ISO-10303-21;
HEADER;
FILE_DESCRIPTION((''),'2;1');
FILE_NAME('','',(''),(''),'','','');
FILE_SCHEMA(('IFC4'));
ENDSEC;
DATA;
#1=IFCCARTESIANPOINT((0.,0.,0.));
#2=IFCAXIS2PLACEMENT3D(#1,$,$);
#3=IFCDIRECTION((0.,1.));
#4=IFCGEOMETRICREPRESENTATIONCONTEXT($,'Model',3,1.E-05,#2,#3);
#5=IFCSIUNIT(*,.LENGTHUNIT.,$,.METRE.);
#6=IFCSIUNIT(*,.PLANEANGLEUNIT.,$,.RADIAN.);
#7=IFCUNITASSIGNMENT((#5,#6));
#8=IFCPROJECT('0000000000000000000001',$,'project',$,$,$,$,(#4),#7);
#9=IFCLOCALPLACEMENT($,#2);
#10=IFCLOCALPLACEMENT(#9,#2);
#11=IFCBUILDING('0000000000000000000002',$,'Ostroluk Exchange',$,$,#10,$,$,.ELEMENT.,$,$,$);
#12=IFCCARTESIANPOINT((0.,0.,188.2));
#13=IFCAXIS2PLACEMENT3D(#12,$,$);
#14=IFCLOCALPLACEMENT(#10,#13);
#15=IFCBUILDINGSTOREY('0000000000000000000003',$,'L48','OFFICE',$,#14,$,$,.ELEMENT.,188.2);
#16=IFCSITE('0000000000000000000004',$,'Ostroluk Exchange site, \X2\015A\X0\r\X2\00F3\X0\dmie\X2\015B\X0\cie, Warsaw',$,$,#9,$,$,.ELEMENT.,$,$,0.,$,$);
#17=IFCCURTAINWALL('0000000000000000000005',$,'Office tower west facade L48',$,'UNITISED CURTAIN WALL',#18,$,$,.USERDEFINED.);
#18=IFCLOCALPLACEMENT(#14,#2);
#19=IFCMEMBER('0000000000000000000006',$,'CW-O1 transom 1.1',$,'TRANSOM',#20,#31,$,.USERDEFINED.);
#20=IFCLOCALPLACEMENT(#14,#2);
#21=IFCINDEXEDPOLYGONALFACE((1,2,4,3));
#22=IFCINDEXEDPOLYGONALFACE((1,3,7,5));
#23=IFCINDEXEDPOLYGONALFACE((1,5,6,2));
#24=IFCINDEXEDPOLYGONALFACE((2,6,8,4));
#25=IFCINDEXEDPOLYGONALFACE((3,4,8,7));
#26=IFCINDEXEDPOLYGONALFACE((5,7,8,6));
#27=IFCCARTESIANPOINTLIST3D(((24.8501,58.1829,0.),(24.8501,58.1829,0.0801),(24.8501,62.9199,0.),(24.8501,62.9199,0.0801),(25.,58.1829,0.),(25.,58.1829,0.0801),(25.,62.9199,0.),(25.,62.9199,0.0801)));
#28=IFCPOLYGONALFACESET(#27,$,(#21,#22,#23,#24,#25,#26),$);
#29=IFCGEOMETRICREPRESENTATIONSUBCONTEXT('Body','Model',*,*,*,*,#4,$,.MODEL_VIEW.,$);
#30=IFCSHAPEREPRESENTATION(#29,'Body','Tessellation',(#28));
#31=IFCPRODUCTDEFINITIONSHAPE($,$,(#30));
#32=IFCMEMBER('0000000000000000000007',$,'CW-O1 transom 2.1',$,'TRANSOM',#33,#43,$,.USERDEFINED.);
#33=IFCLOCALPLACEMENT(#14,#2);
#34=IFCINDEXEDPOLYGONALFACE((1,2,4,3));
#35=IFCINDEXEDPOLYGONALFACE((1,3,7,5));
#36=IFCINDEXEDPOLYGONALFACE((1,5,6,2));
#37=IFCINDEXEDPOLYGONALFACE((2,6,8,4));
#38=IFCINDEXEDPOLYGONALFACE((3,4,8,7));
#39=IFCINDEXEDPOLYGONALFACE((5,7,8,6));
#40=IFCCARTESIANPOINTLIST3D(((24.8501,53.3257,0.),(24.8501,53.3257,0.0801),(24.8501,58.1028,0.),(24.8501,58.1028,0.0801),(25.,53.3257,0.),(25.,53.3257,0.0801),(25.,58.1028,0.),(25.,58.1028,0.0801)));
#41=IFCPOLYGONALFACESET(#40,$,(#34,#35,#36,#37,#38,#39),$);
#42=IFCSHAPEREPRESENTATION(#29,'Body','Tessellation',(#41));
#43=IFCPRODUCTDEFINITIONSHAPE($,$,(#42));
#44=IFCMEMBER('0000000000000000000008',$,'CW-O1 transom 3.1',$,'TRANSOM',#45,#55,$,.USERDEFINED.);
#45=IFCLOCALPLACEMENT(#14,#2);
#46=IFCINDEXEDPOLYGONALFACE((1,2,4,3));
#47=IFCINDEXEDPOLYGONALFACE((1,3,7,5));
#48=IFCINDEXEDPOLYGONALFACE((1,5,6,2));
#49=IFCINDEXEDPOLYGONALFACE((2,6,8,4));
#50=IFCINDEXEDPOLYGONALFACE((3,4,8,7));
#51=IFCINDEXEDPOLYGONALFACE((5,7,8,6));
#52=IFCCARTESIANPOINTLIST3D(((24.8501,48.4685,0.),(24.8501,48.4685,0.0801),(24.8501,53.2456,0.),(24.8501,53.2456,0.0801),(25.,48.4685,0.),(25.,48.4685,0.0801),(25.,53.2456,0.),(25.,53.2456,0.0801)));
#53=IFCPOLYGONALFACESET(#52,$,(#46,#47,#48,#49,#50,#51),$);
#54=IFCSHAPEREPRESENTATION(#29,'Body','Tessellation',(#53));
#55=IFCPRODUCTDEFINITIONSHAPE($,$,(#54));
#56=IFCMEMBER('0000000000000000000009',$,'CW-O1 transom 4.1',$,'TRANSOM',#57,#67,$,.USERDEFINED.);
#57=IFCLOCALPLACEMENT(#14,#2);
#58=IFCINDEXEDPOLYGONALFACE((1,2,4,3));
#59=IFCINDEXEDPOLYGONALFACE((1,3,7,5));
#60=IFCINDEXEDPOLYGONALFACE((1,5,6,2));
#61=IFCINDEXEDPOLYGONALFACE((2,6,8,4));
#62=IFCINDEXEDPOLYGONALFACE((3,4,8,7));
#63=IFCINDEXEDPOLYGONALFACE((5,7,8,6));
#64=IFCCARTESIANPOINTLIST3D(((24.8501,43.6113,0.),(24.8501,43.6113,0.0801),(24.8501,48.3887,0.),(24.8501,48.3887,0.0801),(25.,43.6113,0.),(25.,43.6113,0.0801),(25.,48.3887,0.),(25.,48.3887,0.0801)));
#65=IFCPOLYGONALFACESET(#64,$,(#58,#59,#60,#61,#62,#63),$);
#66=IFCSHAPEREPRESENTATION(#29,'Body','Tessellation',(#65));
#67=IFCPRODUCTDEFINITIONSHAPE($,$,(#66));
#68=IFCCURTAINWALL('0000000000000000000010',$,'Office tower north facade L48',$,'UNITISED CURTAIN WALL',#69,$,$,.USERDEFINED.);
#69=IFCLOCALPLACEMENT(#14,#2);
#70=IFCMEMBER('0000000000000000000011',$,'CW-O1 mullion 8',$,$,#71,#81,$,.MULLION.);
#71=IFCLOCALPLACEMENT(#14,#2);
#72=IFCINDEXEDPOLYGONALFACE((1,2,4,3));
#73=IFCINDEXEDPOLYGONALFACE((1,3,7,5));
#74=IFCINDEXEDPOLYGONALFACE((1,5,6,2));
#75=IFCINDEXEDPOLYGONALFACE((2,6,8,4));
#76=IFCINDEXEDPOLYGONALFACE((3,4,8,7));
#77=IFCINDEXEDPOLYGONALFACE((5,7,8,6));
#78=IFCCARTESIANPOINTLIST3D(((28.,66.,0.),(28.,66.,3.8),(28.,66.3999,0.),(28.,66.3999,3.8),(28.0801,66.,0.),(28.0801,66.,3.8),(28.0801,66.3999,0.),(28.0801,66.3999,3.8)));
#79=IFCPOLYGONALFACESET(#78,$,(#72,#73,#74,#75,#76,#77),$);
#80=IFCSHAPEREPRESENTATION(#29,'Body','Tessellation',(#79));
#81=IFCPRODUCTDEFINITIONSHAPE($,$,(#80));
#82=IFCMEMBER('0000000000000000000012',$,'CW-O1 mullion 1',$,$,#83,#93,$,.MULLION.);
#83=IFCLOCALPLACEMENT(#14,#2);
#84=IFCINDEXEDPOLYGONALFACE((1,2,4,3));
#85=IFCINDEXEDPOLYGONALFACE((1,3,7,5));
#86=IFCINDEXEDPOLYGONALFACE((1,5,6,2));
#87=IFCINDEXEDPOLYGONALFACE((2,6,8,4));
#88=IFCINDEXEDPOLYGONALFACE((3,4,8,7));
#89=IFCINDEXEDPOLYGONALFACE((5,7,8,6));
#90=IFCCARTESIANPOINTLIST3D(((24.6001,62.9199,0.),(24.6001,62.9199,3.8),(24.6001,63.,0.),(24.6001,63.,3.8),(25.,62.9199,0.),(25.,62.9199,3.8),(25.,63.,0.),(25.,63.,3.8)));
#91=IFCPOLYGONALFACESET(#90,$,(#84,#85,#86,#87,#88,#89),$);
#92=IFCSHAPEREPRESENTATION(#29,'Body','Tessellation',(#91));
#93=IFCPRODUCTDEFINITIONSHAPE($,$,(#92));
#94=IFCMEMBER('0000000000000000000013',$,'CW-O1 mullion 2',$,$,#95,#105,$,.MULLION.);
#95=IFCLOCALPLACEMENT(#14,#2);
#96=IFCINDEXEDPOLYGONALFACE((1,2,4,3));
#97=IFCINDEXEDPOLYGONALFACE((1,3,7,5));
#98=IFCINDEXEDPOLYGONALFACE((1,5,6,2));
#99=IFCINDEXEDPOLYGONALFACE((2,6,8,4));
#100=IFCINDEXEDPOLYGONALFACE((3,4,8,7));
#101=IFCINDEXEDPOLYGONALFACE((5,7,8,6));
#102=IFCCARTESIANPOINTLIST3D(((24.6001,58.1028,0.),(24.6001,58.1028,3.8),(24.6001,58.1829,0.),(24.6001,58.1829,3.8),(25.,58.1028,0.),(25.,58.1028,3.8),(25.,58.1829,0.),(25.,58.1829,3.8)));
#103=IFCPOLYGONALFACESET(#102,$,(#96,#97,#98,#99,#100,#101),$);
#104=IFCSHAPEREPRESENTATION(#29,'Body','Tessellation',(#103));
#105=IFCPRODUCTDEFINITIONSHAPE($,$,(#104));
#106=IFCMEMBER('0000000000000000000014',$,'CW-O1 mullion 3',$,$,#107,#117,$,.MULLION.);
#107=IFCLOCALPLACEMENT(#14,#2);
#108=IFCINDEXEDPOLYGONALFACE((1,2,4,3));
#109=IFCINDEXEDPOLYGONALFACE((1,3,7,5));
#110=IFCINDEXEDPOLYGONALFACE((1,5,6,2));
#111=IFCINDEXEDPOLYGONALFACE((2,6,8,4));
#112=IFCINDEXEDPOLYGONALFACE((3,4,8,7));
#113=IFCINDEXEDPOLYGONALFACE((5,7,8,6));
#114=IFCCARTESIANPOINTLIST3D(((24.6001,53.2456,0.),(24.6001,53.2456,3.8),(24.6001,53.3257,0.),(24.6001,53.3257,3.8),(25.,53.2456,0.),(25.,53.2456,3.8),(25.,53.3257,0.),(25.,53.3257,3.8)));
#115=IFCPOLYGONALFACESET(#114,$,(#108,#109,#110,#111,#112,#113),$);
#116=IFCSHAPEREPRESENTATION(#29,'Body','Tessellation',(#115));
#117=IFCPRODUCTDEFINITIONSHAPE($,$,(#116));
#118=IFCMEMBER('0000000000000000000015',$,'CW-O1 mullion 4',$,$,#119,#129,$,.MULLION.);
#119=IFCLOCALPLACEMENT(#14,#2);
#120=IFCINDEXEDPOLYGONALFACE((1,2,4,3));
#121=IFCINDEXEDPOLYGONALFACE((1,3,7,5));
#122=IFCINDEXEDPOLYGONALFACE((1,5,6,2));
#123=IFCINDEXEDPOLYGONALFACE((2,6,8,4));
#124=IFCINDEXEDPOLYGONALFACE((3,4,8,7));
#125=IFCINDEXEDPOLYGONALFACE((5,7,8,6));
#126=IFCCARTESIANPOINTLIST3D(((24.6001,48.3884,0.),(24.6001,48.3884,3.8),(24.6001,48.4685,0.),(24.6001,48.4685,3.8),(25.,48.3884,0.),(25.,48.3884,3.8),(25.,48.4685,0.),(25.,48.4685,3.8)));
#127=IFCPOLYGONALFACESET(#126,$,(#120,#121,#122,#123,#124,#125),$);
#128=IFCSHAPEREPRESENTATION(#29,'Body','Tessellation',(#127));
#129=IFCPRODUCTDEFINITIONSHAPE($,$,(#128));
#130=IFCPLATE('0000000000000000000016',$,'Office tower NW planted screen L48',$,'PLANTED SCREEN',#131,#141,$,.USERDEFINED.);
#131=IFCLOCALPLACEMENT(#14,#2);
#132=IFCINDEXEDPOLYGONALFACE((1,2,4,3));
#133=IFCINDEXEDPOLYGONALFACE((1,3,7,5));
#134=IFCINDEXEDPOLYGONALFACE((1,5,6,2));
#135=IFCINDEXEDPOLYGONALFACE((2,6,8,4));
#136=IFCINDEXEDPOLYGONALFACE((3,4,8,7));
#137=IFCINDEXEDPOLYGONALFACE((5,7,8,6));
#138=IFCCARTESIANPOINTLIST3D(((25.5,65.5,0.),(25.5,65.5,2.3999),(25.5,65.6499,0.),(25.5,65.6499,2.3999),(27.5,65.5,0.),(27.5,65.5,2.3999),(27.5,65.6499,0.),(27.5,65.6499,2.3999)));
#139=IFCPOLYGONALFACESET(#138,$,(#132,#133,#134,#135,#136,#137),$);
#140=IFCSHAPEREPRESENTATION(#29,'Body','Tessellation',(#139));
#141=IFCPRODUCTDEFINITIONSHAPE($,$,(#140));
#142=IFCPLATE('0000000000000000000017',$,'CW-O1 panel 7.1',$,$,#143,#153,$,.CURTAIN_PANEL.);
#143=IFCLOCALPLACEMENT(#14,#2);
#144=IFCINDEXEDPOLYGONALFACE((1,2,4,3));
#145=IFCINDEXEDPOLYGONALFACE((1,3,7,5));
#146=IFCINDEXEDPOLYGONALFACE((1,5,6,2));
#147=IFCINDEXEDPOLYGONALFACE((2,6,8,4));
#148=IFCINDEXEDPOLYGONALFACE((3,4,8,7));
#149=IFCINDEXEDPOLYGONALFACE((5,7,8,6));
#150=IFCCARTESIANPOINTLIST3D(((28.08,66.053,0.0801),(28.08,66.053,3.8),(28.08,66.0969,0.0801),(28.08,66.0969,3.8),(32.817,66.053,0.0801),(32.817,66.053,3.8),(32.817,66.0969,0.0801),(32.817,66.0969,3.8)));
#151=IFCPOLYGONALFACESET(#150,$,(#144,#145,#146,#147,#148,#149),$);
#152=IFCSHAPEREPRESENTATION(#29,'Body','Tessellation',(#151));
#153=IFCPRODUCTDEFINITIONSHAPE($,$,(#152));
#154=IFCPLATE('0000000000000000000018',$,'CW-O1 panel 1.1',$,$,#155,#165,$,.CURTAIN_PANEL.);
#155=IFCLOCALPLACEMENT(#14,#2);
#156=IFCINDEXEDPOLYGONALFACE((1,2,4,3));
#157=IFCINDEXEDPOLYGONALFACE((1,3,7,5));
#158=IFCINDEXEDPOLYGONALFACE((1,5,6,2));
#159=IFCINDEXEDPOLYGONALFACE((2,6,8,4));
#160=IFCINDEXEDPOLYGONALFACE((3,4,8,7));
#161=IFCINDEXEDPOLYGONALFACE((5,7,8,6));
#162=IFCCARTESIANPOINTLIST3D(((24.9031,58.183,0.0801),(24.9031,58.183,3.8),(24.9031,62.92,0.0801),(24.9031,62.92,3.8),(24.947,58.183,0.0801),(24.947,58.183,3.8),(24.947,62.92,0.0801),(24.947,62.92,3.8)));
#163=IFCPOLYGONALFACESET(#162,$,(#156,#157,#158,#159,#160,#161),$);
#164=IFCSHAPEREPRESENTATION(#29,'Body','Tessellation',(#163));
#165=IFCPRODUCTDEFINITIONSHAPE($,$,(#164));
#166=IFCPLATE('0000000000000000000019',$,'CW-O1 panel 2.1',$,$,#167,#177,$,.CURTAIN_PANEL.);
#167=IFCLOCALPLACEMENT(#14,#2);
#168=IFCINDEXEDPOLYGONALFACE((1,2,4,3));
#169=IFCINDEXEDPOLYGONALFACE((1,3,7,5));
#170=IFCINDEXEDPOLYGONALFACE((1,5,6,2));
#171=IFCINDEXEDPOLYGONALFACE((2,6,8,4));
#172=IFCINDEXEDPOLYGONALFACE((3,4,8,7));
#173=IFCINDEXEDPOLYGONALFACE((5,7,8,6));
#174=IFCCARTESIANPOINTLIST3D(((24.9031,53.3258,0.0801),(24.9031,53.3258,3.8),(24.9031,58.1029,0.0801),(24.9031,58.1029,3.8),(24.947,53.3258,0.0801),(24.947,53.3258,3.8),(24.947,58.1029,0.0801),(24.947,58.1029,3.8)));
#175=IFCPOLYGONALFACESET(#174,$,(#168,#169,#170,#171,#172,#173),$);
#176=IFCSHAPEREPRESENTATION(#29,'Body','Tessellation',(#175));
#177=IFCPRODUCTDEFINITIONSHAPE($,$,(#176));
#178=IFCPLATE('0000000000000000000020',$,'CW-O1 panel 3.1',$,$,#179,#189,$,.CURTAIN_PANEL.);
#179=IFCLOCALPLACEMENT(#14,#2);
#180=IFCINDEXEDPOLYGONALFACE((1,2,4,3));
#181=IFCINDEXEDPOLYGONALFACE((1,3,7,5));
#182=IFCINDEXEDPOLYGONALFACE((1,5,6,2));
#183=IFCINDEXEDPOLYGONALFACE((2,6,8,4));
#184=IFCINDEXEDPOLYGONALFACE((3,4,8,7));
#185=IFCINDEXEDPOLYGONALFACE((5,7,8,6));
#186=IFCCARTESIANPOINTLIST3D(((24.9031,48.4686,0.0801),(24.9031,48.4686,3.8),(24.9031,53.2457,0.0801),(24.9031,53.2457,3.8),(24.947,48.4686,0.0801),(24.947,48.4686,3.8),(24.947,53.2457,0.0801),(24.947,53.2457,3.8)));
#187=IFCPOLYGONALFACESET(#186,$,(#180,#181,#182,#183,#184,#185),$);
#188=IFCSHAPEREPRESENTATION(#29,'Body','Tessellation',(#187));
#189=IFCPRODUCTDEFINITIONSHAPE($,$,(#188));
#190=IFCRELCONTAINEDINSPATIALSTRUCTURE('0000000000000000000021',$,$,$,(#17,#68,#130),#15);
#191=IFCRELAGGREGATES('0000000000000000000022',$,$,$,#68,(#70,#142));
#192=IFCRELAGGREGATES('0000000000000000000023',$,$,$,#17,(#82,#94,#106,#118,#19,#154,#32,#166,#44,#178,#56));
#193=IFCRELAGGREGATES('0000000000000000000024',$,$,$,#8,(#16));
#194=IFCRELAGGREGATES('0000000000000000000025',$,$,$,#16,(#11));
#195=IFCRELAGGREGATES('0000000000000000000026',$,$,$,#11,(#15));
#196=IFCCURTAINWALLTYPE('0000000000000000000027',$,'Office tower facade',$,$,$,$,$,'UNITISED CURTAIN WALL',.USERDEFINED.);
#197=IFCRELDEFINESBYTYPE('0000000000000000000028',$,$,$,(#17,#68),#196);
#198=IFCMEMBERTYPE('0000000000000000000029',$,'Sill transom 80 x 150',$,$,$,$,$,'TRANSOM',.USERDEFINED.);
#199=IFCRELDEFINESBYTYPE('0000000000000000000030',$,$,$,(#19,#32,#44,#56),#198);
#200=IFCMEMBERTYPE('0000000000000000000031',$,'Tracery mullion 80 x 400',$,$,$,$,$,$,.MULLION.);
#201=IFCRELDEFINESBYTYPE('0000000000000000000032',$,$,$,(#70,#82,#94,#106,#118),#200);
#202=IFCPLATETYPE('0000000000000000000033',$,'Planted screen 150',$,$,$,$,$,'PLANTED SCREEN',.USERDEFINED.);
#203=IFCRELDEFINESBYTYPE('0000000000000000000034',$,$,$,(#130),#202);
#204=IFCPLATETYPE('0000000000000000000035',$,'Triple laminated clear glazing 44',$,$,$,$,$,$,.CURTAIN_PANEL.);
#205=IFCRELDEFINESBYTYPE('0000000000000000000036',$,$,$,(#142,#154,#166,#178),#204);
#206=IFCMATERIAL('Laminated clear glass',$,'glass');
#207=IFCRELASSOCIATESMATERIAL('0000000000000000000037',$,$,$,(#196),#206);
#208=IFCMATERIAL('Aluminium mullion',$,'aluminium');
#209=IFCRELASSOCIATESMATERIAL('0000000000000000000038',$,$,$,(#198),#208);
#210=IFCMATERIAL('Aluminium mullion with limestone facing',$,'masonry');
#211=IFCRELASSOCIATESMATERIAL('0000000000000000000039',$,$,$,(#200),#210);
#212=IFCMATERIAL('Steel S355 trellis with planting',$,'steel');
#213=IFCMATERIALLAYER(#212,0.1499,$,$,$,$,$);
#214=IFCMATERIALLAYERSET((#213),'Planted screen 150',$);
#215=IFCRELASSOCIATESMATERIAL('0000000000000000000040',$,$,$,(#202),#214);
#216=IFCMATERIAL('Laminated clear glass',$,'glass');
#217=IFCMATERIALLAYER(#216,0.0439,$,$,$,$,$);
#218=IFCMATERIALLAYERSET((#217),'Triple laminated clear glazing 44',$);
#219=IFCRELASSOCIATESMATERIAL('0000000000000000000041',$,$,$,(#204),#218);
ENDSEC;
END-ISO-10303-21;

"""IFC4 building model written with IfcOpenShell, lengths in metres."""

from ifc_helpers import new_model, si_unit, direction, frame, origin, origin_2d, place, context, subcontext, project, spatial, rectangle, extrude, material, layer, layer_set, material_profile, profile_set, type_object, element, aggregate, save


model = new_model("IFC4")

# Units and contexts
model_context = context("Model", 3, precision=1e-05, world=origin(), true_north=direction((0.0, 1.0)))
body_context = subcontext(model_context, "Body", "Model", "MODEL_VIEW")
ifc_project = project(units=[si_unit("LENGTHUNIT", "METRE"), si_unit("PLANEANGLEUNIT", "RADIAN")], contexts=[model_context])

# Site, building, storey
site_placement = place(None, origin())
site = spatial("IfcSite", under=ifc_project, at=site_placement, Name="Ostroluk Exchange site, Śródmieście, Warsaw", CompositionType="ELEMENT", RefElevation=0.0)
building_placement = place(site_placement, origin())
building = spatial("IfcBuilding", under=site, at=building_placement, Name="Ostroluk Exchange", CompositionType="ELEMENT")
storey_placement = place(building_placement, frame((0.0, 0.0, 188.2)))
storey = spatial("IfcBuildingStorey", under=building, at=storey_placement, Name="L48", Description="OFFICE", CompositionType="ELEMENT", Elevation=188.2)

# Curtain wall, members
ifc_material_1 = material(Name="Laminated clear glass", Category="glass")
curtain_wall_type = type_object("IfcCurtainWallType", Name="Office tower facade", ElementType="UNITISED CURTAIN WALL", PredefinedType="USERDEFINED", material=ifc_material_1)
curtain_wall_1_placement = place(storey_placement, origin())
curtain_wall_1 = element("IfcCurtainWall", 1, at=curtain_wall_1_placement, inside=storey, type_object=curtain_wall_type, Name="Office tower west facade L48", ObjectType="UNITISED CURTAIN WALL", PredefinedType="USERDEFINED")
ifc_material_2 = material(Name="Aluminium mullion", Category="aluminium")
ifc_material_profile_1 = material_profile(ifc_material_2, rectangle(XDim=0.1499, YDim=0.0801, at=origin_2d()), Name="Sill transom 80 x 150")
ifc_profile_set_1 = profile_set([ifc_material_profile_1], Name="Aluminium mullion")
member_type_1 = type_object("IfcMemberType", Name="Sill transom 80 x 150", ElementType="TRANSOM", PredefinedType="USERDEFINED", material=ifc_profile_set_1)
member_1_placement = place(storey_placement, frame((24.925, 62.9199, 0.04), z_axis=(0.0, -1.0, 0.0), x_axis=(1.0, 0.0, 0.0)))
member_1 = element("IfcMember", 2, at=member_1_placement, type_object=member_type_1, Name="CW-O1 transom 1.1", ObjectType="TRANSOM", PredefinedType="USERDEFINED", context=body_context, shape_type="SweptSolid", body=[
    extrude(rectangle(XDim=0.1499, YDim=0.0801, at=origin_2d()), origin(), (0.0, 0.0, 1.0), 4.7371),
])
member_2_placement = place(storey_placement, frame((24.925, 58.1028, 0.04), z_axis=(0.0, -1.0, 0.0), x_axis=(1.0, 0.0, 0.0)))
member_2 = element("IfcMember", 3, at=member_2_placement, type_object=member_type_1, Name="CW-O1 transom 2.1", ObjectType="TRANSOM", PredefinedType="USERDEFINED", context=body_context, shape_type="SweptSolid", body=[
    extrude(rectangle(XDim=0.1499, YDim=0.0801, at=origin_2d()), origin(), (0.0, 0.0, 1.0), 4.7771),
])
member_3_placement = place(storey_placement, frame((24.925, 53.2456, 0.04), z_axis=(0.0, -1.0, 0.0), x_axis=(1.0, 0.0, 0.0)))
member_3 = element("IfcMember", 4, at=member_3_placement, type_object=member_type_1, Name="CW-O1 transom 3.1", ObjectType="TRANSOM", PredefinedType="USERDEFINED", context=body_context, shape_type="SweptSolid", body=[
    extrude(rectangle(XDim=0.1499, YDim=0.0801, at=origin_2d()), origin(), (0.0, 0.0, 1.0), 4.7771),
])
member_4_placement = place(storey_placement, frame((24.925, 48.3887, 0.04), z_axis=(0.0, -1.0, 0.0), x_axis=(1.0, 0.0, 0.0)))
member_4 = element("IfcMember", 5, at=member_4_placement, type_object=member_type_1, Name="CW-O1 transom 4.1", ObjectType="TRANSOM", PredefinedType="USERDEFINED", context=body_context, shape_type="SweptSolid", body=[
    extrude(rectangle(XDim=0.1499, YDim=0.0801, at=origin_2d()), origin(), (0.0, 0.0, 1.0), 4.7773),
])

# Curtain wall, member
curtain_wall_2_placement = place(storey_placement, origin())
curtain_wall_2 = element("IfcCurtainWall", 6, at=curtain_wall_2_placement, inside=storey, type_object=curtain_wall_type, Name="Office tower north facade L48", ObjectType="UNITISED CURTAIN WALL", PredefinedType="USERDEFINED")
ifc_material_3 = material(Name="Aluminium mullion with limestone facing", Category="masonry")
ifc_material_profile_2 = material_profile(ifc_material_3, rectangle(XDim=0.3999, YDim=0.0801, at=origin_2d()), Name="Tracery mullion 80 x 400")
ifc_profile_set_2 = profile_set([ifc_material_profile_2], Name="Aluminium mullion with limestone facing")
member_type_2 = type_object("IfcMemberType", Name="Tracery mullion 80 x 400", PredefinedType="MULLION", material=ifc_profile_set_2)
member_5_placement = place(storey_placement, frame((28.04, 66.2, 0.0), z_axis=(0.0, 0.0, 1.0), x_axis=(0.0, -1.0, 0.0)))
member_5 = element("IfcMember", 7, at=member_5_placement, type_object=member_type_2, Name="CW-O1 mullion 8", PredefinedType="MULLION", context=body_context, shape_type="SweptSolid", body=[
    extrude(rectangle(XDim=0.3999, YDim=0.0801, at=origin_2d()), origin(), (0.0, 0.0, 1.0), 3.8),
])

# Members
member_6_placement = place(storey_placement, frame((24.8, 62.96, 0.0), z_axis=(0.0, 0.0, 1.0), x_axis=(1.0, 0.0, 0.0)))
member_6 = element("IfcMember", 8, at=member_6_placement, type_object=member_type_2, Name="CW-O1 mullion 1", PredefinedType="MULLION", context=body_context, shape_type="SweptSolid", body=[
    extrude(rectangle(XDim=0.3999, YDim=0.0801, at=origin_2d()), origin(), (0.0, 0.0, 1.0), 3.8),
])
member_7_placement = place(storey_placement, frame((24.8, 58.1428, 0.0), z_axis=(0.0, 0.0, 1.0), x_axis=(1.0, 0.0, 0.0)))
member_7 = element("IfcMember", 9, at=member_7_placement, type_object=member_type_2, Name="CW-O1 mullion 2", PredefinedType="MULLION", context=body_context, shape_type="SweptSolid", body=[
    extrude(rectangle(XDim=0.3999, YDim=0.0801, at=origin_2d()), origin(), (0.0, 0.0, 1.0), 3.8),
])
member_8_placement = place(storey_placement, frame((24.8, 53.2856, 0.0), z_axis=(0.0, 0.0, 1.0), x_axis=(1.0, 0.0, 0.0)))
member_8 = element("IfcMember", 10, at=member_8_placement, type_object=member_type_2, Name="CW-O1 mullion 3", PredefinedType="MULLION", context=body_context, shape_type="SweptSolid", body=[
    extrude(rectangle(XDim=0.3999, YDim=0.0801, at=origin_2d()), origin(), (0.0, 0.0, 1.0), 3.8),
])
member_9_placement = place(storey_placement, frame((24.8, 48.4285, 0.0), z_axis=(0.0, 0.0, 1.0), x_axis=(1.0, 0.0, 0.0)))
member_9 = element("IfcMember", 11, at=member_9_placement, type_object=member_type_2, Name="CW-O1 mullion 4", PredefinedType="MULLION", context=body_context, shape_type="SweptSolid", body=[
    extrude(rectangle(XDim=0.3999, YDim=0.0801, at=origin_2d()), origin(), (0.0, 0.0, 1.0), 3.8),
])

# Plates
ifc_material_4 = material(Name="Steel S355 trellis with planting", Category="steel")
ifc_layer_1 = layer(ifc_material_4, 0.1499)
ifc_layer_set_1 = layer_set([ifc_layer_1], Name="Planted screen 150")
plate_type_1 = type_object("IfcPlateType", Name="Planted screen 150", ElementType="PLANTED SCREEN", PredefinedType="USERDEFINED", material=ifc_layer_set_1)
plate_1_placement = place(storey_placement, frame((26.5, 65.575, 0.0), z_axis=(0.0, 0.0, 1.0), x_axis=(1.0, 0.0, 0.0)))
element("IfcPlate", 12, at=plate_1_placement, inside=storey, type_object=plate_type_1, Name="Office tower NW planted screen L48", ObjectType="PLANTED SCREEN", PredefinedType="USERDEFINED", context=body_context, shape_type="SweptSolid", body=[
    extrude(rectangle(XDim=2.0, YDim=0.1499, at=origin_2d()), origin(), (0.0, 0.0, 1.0), 2.3999),
])
ifc_material_5 = material(Name="Laminated clear glass", Category="glass")
ifc_layer_2 = layer(ifc_material_5, 0.0439)
ifc_layer_set_2 = layer_set([ifc_layer_2], Name="Triple laminated clear glazing 44")
plate_type_2 = type_object("IfcPlateType", Name="Triple laminated clear glazing 44", PredefinedType="CURTAIN_PANEL", material=ifc_layer_set_2)
plate_2_placement = place(storey_placement, frame((30.4485, 66.075, 0.0801), z_axis=(0.0, 0.0, 1.0), x_axis=(-1.0, 0.0, 0.0)))
plate_2 = element("IfcPlate", 13, at=plate_2_placement, type_object=plate_type_2, Name="CW-O1 panel 7.1", PredefinedType="CURTAIN_PANEL", context=body_context, shape_type="SweptSolid", body=[
    extrude(rectangle(XDim=4.7371, YDim=0.0439, at=origin_2d()), origin(), (0.0, 0.0, 1.0), 3.72),
])
aggregate(curtain_wall_2, [member_5, plate_2])
plate_3_placement = place(storey_placement, frame((24.925, 60.5515, 0.0801), z_axis=(0.0, 0.0, 1.0), x_axis=(0.0, -1.0, 0.0)))
plate_3 = element("IfcPlate", 14, at=plate_3_placement, type_object=plate_type_2, Name="CW-O1 panel 1.1", PredefinedType="CURTAIN_PANEL", context=body_context, shape_type="SweptSolid", body=[
    extrude(rectangle(XDim=4.7371, YDim=0.0439, at=origin_2d()), origin(), (0.0, 0.0, 1.0), 3.72),
])
plate_4_placement = place(storey_placement, frame((24.925, 55.7144, 0.0801), z_axis=(0.0, 0.0, 1.0), x_axis=(0.0, -1.0, 0.0)))
plate_4 = element("IfcPlate", 15, at=plate_4_placement, type_object=plate_type_2, Name="CW-O1 panel 2.1", PredefinedType="CURTAIN_PANEL", context=body_context, shape_type="SweptSolid", body=[
    extrude(rectangle(XDim=4.7771, YDim=0.0439, at=origin_2d()), origin(), (0.0, 0.0, 1.0), 3.72),
])
plate_5_placement = place(storey_placement, frame((24.925, 50.8572, 0.0801), z_axis=(0.0, 0.0, 1.0), x_axis=(0.0, -1.0, 0.0)))
plate_5 = element("IfcPlate", 16, at=plate_5_placement, type_object=plate_type_2, Name="CW-O1 panel 3.1", PredefinedType="CURTAIN_PANEL", context=body_context, shape_type="SweptSolid", body=[
    extrude(rectangle(XDim=4.7771, YDim=0.0439, at=origin_2d()), origin(), (0.0, 0.0, 1.0), 3.72),
])
aggregate(curtain_wall_1, [member_6, member_7, member_8, member_9, member_1, plate_3, member_2, plate_4, member_3, plate_5, member_4])

save(model, "model.ifc")
